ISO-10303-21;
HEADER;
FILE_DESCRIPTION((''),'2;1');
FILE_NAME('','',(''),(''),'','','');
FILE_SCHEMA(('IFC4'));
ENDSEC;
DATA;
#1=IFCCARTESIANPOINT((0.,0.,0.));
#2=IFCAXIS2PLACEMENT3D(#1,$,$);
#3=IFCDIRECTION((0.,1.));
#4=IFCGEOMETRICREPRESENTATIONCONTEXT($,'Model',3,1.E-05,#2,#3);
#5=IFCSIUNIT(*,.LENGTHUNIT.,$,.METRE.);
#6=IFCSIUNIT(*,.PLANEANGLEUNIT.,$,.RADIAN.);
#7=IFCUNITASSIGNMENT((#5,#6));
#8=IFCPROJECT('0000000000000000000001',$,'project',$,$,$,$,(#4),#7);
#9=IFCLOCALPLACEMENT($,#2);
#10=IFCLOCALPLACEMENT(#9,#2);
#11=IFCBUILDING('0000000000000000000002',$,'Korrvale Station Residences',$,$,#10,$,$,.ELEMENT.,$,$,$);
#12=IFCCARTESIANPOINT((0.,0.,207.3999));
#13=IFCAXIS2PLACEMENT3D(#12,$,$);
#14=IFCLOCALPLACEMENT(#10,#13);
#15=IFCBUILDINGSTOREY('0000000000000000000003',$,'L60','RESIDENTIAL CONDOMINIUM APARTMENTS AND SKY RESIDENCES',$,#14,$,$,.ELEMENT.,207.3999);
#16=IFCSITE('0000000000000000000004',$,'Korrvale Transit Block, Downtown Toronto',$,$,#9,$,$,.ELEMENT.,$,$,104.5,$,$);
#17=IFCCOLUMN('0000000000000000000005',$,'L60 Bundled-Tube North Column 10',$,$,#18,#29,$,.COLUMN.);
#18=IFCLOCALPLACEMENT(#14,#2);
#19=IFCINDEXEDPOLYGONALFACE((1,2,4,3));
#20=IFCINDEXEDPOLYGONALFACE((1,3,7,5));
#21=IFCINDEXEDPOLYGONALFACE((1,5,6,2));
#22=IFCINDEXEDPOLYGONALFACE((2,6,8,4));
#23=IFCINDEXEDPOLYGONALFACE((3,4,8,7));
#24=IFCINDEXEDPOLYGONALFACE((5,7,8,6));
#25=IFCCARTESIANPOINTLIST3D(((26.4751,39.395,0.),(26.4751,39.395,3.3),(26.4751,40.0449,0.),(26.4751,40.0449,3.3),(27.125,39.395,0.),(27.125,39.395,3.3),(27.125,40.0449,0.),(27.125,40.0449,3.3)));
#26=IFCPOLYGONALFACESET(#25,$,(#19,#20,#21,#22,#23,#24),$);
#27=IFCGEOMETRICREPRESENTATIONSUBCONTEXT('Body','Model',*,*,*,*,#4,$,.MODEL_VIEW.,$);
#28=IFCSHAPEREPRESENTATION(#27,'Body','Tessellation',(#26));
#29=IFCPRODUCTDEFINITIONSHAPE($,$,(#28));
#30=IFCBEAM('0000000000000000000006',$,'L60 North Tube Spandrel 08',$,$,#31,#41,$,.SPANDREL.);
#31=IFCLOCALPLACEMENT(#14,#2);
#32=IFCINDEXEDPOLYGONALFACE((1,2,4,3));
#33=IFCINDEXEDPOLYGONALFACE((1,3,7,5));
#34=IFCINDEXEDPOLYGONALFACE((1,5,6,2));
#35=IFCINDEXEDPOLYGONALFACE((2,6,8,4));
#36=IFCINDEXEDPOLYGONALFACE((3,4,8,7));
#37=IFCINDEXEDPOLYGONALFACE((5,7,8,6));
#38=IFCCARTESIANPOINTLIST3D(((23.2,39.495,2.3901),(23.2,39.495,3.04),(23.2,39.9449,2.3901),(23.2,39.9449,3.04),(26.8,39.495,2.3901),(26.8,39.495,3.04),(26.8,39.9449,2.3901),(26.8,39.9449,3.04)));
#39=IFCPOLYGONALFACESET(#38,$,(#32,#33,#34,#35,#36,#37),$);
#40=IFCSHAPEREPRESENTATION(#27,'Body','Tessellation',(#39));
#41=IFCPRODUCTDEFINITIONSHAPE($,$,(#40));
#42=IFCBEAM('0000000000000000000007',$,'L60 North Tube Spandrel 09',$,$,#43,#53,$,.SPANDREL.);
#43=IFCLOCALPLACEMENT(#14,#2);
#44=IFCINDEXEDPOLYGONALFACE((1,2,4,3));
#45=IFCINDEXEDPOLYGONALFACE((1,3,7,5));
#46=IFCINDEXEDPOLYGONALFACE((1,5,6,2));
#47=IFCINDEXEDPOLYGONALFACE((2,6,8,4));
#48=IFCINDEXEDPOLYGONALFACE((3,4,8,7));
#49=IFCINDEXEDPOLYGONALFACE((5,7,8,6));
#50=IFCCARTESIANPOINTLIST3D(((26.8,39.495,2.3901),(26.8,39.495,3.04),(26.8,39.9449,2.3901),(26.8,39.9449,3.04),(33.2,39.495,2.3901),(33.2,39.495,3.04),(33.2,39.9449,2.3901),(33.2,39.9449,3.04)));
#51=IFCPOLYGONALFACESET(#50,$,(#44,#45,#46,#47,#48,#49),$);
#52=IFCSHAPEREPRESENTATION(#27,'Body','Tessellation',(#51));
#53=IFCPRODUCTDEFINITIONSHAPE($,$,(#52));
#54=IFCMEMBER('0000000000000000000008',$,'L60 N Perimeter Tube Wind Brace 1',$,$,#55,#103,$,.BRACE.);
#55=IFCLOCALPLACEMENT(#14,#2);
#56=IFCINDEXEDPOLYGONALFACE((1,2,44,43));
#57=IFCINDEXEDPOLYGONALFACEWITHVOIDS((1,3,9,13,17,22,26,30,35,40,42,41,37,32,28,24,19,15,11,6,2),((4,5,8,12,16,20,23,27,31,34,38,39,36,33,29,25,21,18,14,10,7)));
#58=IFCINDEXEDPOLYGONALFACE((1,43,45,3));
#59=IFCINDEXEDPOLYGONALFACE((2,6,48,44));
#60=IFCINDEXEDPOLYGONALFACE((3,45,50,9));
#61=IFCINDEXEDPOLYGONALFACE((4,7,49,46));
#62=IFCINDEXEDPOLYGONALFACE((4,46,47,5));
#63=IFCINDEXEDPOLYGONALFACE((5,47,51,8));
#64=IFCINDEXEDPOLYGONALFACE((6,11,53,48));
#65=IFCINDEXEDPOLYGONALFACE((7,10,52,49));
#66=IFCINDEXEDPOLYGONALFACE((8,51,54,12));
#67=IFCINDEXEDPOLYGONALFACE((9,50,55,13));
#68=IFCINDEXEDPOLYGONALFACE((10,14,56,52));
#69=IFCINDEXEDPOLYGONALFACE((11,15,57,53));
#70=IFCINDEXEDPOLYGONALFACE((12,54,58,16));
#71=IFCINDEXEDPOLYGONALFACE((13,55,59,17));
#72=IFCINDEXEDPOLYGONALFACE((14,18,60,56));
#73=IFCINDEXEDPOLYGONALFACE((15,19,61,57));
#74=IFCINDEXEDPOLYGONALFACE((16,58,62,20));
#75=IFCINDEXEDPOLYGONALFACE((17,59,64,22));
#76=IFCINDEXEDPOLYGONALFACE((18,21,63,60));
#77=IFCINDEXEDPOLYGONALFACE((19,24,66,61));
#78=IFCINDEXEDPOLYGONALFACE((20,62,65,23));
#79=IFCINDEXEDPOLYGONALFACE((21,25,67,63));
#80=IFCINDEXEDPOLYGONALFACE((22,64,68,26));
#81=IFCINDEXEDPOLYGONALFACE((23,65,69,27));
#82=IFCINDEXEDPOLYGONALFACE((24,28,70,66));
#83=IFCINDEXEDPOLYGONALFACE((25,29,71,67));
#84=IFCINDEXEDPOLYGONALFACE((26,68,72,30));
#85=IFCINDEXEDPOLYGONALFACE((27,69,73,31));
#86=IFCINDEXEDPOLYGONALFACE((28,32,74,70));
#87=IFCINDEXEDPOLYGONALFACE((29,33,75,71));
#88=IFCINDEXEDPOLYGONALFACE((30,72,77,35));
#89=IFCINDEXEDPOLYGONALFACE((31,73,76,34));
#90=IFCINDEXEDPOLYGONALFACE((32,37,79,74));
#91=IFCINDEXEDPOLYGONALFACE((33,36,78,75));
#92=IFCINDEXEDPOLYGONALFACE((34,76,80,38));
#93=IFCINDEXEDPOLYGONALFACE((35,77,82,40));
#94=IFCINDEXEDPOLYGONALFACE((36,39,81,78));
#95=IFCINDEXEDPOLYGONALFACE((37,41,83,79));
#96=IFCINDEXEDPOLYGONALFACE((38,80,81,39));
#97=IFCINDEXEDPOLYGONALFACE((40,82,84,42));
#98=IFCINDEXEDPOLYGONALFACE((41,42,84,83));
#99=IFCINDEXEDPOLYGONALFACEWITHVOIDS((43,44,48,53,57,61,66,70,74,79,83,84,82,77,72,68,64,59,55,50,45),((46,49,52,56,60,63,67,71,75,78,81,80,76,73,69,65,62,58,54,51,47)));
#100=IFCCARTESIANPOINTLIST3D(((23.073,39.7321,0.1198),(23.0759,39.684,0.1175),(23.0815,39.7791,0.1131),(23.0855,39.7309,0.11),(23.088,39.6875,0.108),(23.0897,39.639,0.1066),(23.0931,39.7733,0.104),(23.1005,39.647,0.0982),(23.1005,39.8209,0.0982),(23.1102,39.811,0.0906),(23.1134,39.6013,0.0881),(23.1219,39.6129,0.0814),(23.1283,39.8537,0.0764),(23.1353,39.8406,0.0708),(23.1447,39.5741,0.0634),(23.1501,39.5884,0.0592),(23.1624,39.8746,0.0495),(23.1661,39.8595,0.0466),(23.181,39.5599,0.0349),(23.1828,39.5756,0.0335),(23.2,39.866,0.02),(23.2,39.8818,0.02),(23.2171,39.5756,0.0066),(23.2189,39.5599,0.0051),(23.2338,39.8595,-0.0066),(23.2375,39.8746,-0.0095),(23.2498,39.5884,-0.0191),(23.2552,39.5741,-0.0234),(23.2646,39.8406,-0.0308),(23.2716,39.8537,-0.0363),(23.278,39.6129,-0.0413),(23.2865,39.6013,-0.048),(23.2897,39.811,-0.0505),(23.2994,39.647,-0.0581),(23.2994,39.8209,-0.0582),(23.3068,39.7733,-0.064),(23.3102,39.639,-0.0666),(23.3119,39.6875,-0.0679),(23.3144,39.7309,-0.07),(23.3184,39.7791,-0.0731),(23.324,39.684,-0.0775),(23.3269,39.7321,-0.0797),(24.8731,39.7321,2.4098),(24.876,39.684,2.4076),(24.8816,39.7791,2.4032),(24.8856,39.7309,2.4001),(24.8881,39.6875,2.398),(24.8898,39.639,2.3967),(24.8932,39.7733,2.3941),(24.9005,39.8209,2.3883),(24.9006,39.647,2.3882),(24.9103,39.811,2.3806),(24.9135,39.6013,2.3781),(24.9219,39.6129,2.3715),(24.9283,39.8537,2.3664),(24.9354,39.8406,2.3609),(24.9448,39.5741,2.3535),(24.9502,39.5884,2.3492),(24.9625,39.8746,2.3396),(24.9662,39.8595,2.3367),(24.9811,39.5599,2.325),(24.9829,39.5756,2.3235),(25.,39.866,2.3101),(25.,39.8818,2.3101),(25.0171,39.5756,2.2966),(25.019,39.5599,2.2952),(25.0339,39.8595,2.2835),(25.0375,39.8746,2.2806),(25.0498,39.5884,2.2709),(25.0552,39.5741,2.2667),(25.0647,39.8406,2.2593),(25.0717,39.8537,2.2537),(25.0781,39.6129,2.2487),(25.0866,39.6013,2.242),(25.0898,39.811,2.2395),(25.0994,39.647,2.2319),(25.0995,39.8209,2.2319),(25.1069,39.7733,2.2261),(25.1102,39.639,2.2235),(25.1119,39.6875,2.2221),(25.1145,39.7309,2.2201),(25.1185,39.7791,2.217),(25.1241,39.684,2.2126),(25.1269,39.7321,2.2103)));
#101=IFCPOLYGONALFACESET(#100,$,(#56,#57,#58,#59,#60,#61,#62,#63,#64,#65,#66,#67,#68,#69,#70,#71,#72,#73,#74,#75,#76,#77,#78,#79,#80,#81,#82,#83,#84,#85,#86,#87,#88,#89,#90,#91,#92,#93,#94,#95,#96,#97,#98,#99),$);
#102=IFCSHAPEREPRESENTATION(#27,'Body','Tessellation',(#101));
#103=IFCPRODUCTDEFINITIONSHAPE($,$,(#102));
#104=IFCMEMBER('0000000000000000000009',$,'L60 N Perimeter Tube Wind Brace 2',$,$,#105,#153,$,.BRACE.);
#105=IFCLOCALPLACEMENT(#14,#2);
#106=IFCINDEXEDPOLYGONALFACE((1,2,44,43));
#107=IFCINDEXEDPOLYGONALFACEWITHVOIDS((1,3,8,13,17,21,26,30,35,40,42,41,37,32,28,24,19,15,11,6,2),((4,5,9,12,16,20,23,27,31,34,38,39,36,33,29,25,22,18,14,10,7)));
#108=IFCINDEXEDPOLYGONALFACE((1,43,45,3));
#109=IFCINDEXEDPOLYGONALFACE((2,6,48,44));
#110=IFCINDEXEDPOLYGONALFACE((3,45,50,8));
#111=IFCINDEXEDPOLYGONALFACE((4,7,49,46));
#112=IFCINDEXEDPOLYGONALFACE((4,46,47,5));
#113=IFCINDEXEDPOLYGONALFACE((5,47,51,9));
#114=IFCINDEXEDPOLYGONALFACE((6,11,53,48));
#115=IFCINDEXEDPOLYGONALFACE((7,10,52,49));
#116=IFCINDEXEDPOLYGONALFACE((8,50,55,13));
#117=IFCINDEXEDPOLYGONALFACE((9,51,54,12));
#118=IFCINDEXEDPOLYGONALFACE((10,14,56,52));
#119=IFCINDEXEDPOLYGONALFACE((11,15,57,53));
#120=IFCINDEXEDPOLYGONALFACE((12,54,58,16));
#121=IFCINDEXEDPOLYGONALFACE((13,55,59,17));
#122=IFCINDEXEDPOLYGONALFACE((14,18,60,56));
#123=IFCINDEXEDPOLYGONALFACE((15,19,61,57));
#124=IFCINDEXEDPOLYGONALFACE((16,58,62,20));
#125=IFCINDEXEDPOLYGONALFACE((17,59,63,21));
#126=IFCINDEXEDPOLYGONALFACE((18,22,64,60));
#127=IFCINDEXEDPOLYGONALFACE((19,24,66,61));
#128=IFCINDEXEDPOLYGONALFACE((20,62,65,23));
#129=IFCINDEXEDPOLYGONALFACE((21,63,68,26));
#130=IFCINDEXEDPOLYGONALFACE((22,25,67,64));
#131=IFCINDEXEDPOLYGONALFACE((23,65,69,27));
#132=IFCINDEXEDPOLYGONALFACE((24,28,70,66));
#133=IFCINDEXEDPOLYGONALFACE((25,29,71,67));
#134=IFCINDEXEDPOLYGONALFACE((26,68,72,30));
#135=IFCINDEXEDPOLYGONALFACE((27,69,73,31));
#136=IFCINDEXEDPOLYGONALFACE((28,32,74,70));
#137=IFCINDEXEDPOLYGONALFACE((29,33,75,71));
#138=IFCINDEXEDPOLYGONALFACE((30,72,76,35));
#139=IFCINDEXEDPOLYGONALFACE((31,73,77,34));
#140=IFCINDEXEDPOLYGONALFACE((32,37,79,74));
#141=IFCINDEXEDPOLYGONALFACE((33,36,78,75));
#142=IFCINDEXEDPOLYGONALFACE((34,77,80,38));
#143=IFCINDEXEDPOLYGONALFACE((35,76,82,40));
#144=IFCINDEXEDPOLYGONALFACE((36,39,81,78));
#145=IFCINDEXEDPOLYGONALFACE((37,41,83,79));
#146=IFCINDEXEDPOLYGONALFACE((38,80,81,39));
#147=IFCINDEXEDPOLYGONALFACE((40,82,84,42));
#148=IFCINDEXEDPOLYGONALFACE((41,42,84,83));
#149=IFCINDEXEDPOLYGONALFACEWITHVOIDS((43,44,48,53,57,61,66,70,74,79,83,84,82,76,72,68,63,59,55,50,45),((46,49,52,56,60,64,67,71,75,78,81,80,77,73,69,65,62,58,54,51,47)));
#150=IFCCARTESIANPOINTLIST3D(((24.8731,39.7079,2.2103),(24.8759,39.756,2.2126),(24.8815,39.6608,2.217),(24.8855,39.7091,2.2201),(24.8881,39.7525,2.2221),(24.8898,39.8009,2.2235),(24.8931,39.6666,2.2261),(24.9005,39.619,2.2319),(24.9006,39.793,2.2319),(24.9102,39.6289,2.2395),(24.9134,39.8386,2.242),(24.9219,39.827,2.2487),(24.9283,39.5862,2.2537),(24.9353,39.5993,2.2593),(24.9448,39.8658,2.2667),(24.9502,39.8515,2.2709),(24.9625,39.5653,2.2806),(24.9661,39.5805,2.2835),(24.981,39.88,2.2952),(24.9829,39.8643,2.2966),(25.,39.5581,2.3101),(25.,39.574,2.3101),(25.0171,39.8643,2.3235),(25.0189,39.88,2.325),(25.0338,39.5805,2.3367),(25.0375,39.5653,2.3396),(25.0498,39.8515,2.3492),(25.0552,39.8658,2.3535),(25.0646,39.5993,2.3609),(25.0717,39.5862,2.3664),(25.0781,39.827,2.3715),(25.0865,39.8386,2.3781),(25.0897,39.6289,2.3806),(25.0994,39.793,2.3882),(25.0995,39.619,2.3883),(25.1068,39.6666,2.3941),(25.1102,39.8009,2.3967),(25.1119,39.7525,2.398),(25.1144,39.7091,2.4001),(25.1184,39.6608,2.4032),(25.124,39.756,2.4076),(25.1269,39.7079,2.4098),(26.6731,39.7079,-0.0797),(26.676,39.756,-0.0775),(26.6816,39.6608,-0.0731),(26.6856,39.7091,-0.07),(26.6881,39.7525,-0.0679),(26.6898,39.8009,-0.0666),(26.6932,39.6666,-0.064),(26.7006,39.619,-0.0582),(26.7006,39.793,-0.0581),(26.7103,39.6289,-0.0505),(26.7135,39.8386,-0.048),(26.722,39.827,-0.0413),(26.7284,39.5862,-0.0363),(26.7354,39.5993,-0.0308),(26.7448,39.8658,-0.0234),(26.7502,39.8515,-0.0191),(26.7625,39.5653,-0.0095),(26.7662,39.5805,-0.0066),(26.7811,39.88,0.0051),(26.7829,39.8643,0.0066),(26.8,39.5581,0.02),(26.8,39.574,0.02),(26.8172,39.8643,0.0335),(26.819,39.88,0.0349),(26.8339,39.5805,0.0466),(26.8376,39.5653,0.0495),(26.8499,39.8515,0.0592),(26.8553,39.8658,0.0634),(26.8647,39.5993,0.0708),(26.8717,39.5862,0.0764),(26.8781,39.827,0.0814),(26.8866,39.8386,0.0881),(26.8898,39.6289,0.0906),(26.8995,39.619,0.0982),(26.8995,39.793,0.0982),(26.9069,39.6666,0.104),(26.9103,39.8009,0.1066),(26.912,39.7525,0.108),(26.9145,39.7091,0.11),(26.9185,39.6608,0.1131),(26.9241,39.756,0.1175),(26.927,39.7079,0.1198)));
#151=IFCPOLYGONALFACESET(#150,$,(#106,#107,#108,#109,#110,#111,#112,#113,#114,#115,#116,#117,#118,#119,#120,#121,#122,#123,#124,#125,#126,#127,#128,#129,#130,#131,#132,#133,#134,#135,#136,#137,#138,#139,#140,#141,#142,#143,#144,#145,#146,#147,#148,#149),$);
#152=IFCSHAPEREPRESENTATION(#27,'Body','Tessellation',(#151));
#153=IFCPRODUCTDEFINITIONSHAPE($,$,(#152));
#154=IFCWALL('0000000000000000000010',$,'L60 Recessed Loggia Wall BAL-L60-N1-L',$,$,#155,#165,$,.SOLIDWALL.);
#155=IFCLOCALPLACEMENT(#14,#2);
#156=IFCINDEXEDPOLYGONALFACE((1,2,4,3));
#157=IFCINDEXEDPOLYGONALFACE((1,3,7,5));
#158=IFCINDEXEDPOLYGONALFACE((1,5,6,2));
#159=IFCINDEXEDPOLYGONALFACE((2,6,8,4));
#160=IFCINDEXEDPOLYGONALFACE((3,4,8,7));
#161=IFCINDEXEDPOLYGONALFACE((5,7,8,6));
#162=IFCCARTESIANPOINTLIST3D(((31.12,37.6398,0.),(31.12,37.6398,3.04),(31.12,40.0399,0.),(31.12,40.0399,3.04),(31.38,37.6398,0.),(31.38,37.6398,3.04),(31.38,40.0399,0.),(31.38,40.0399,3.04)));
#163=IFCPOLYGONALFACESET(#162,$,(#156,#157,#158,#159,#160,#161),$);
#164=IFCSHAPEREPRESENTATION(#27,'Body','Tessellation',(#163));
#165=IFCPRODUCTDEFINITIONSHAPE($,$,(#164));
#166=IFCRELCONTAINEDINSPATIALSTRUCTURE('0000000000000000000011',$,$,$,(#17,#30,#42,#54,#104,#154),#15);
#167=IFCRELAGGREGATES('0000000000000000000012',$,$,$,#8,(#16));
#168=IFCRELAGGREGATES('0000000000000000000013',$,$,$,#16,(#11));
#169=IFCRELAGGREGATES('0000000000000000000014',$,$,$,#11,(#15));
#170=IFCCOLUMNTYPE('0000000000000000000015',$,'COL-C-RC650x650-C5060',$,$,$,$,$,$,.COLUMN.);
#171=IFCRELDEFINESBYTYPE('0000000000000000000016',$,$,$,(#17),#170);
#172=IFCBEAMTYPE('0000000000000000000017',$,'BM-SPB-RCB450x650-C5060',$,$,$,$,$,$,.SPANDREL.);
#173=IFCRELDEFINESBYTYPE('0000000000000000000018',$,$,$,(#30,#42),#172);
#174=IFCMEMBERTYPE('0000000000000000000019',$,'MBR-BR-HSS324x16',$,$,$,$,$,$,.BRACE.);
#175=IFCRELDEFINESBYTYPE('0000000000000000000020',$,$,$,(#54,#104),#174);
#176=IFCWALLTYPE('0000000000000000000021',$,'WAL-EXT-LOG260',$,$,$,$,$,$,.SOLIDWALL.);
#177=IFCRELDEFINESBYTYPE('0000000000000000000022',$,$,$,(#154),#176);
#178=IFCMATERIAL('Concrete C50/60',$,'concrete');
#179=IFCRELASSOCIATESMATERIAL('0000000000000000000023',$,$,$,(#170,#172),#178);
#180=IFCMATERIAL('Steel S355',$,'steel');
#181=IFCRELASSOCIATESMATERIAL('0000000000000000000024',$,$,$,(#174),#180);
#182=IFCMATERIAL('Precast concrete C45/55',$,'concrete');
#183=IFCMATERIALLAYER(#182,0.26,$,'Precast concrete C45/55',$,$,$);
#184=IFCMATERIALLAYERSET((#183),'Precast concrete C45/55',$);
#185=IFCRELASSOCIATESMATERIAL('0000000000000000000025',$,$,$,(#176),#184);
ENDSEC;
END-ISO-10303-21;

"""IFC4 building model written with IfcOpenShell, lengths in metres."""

from ifc_helpers import new_model, si_unit, direction, frame, frame_2d, origin, origin_2d, place, context, subcontext, project, spatial, rectangle, hollow_circle, extrude, material, layer, layer_set, material_profile, profile_set, type_object, element, save


model = new_model("IFC4")

# Units and contexts
model_context = context("Model", 3, precision=1e-05, world=origin(), true_north=direction((0.0, 1.0)))
body_context = subcontext(model_context, "Body", "Model", "MODEL_VIEW")
ifc_project = project(units=[si_unit("LENGTHUNIT", "METRE"), si_unit("PLANEANGLEUNIT", "RADIAN")], contexts=[model_context])

# Site, building, storey
site_placement = place(None, origin())
site = spatial("IfcSite", under=ifc_project, at=site_placement, Name="Korrvale Transit Block, Downtown Toronto", CompositionType="ELEMENT", RefElevation=104.5)
building_placement = place(site_placement, origin())
building = spatial("IfcBuilding", under=site, at=building_placement, Name="Korrvale Station Residences", CompositionType="ELEMENT")
storey_placement = place(building_placement, frame((0.0, 0.0, 207.3999)))
storey = spatial("IfcBuildingStorey", under=building, at=storey_placement, Name="L60", Description="RESIDENTIAL CONDOMINIUM APARTMENTS AND SKY RESIDENCES", CompositionType="ELEMENT", Elevation=207.3999)

# Column
ifc_material_1 = material(Name="Concrete C50/60", Category="concrete")
ifc_material_profile_1 = material_profile(ifc_material_1, rectangle(XDim=0.6499, YDim=0.6499, at=origin_2d()), Name="RC650x650")
ifc_profile_set_1 = profile_set([ifc_material_profile_1], Name="Concrete C50/60")
column_type = type_object("IfcColumnType", Name="COL-C-RC650x650-C5060", PredefinedType="COLUMN", material=ifc_profile_set_1)
column_placement = place(storey_placement, frame((26.8, 39.72, 0.0), z_axis=(0.0, 0.0, 1.0), x_axis=(1.0, 0.0, 0.0)))
element("IfcColumn", 1, at=column_placement, inside=storey, type_object=column_type, Name="L60 Bundled-Tube North Column 10", PredefinedType="COLUMN", context=body_context, shape_type="SweptSolid", body=[
    extrude(rectangle(XDim=0.6499, YDim=0.6499, at=origin_2d()), origin(), (0.0, 0.0, 1.0), 3.3),
])

# Beams
ifc_material_profile_2 = material_profile(ifc_material_1, rectangle(XDim=0.45, YDim=0.6499, at=origin_2d()), Name="RCB450x650")
ifc_profile_set_2 = profile_set([ifc_material_profile_2], Name="Concrete C50/60")
beam_type = type_object("IfcBeamType", Name="BM-SPB-RCB450x650-C5060", PredefinedType="SPANDREL", material=ifc_profile_set_2)
beam_1_placement = place(storey_placement, frame((23.2, 39.72, 2.7151), z_axis=(1.0, 0.0, 0.0), x_axis=(0.0, 1.0, 0.0)))
element("IfcBeam", 2, at=beam_1_placement, inside=storey, type_object=beam_type, Name="L60 North Tube Spandrel 08", PredefinedType="SPANDREL", context=body_context, shape_type="SweptSolid", body=[
    extrude(rectangle(XDim=0.45, YDim=0.6499, at=origin_2d()), origin(), (0.0, 0.0, 1.0), 3.6001),
])
beam_2_placement = place(storey_placement, frame((26.8, 39.72, 2.7151), z_axis=(1.0, 0.0, 0.0), x_axis=(0.0, 1.0, 0.0)))
element("IfcBeam", 3, at=beam_2_placement, inside=storey, type_object=beam_type, Name="L60 North Tube Spandrel 09", PredefinedType="SPANDREL", context=body_context, shape_type="SweptSolid", body=[
    extrude(rectangle(XDim=0.45, YDim=0.6499, at=origin_2d()), origin(), (0.0, 0.0, 1.0), 6.3999),
])

# Members
ifc_material_2 = material(Name="Steel S355", Category="steel")
ifc_material_profile_3 = material_profile(ifc_material_2, hollow_circle(Radius=0.1619, WallThickness=0.0159, at=origin_2d()), Name="HSS324x16")
ifc_profile_set_3 = profile_set([ifc_material_profile_3], Name="Steel S355")
member_type = type_object("IfcMemberType", Name="MBR-BR-HSS324x16", PredefinedType="BRACE", material=ifc_profile_set_3)
for number, where, z_axis, x_axis, name in (
    (4, (23.2, 39.72, 0.02), (0.617977, 0.0, 0.786196), (0.0, 1.0, 0.0), "L60 N Perimeter Tube Wind Brace 1"),
    (5, (26.8, 39.72, 0.02), (-0.617977, 0.0, 0.786196), (0.0, -1.0, 0.0), "L60 N Perimeter Tube Wind Brace 2"),
):
    element("IfcMember", number, at=place(storey_placement, frame(where, z_axis=z_axis, x_axis=x_axis)), inside=storey, type_object=member_type, Name=name, PredefinedType="BRACE", context=body_context, shape_type="SweptSolid", body=[
        extrude(hollow_circle(Radius=0.1619, WallThickness=0.0159, at=origin_2d()), origin(), (0.0, 0.0, 1.0), 2.9128),
    ])

# Wall
ifc_material_3 = material(Name="Precast concrete C45/55", Category="concrete")
ifc_layer_1 = layer(ifc_material_3, 0.26, Name="Precast concrete C45/55")
ifc_layer_set_1 = layer_set([ifc_layer_1], Name="Precast concrete C45/55")
wall_type_1 = type_object("IfcWallType", Name="WAL-EXT-LOG260", PredefinedType="SOLIDWALL", material=ifc_layer_set_1)
wall_1_placement = place(storey_placement, frame((31.25, 40.04, 0.0), z_axis=(0.0, 0.0, 1.0), x_axis=(0.0, -1.0, 0.0)))
element("IfcWall", 6, at=wall_1_placement, inside=storey, type_object=wall_type_1, Name="L60 Recessed Loggia Wall BAL-L60-N1-L", PredefinedType="SOLIDWALL", context=body_context, shape_type="SweptSolid", body=[
    extrude(rectangle(XDim=2.4001, YDim=0.26, at=frame_2d((1.2002, 0.0))), origin(), (0.0, 0.0, 1.0), 3.04),
])

save(model, "model.ifc")
